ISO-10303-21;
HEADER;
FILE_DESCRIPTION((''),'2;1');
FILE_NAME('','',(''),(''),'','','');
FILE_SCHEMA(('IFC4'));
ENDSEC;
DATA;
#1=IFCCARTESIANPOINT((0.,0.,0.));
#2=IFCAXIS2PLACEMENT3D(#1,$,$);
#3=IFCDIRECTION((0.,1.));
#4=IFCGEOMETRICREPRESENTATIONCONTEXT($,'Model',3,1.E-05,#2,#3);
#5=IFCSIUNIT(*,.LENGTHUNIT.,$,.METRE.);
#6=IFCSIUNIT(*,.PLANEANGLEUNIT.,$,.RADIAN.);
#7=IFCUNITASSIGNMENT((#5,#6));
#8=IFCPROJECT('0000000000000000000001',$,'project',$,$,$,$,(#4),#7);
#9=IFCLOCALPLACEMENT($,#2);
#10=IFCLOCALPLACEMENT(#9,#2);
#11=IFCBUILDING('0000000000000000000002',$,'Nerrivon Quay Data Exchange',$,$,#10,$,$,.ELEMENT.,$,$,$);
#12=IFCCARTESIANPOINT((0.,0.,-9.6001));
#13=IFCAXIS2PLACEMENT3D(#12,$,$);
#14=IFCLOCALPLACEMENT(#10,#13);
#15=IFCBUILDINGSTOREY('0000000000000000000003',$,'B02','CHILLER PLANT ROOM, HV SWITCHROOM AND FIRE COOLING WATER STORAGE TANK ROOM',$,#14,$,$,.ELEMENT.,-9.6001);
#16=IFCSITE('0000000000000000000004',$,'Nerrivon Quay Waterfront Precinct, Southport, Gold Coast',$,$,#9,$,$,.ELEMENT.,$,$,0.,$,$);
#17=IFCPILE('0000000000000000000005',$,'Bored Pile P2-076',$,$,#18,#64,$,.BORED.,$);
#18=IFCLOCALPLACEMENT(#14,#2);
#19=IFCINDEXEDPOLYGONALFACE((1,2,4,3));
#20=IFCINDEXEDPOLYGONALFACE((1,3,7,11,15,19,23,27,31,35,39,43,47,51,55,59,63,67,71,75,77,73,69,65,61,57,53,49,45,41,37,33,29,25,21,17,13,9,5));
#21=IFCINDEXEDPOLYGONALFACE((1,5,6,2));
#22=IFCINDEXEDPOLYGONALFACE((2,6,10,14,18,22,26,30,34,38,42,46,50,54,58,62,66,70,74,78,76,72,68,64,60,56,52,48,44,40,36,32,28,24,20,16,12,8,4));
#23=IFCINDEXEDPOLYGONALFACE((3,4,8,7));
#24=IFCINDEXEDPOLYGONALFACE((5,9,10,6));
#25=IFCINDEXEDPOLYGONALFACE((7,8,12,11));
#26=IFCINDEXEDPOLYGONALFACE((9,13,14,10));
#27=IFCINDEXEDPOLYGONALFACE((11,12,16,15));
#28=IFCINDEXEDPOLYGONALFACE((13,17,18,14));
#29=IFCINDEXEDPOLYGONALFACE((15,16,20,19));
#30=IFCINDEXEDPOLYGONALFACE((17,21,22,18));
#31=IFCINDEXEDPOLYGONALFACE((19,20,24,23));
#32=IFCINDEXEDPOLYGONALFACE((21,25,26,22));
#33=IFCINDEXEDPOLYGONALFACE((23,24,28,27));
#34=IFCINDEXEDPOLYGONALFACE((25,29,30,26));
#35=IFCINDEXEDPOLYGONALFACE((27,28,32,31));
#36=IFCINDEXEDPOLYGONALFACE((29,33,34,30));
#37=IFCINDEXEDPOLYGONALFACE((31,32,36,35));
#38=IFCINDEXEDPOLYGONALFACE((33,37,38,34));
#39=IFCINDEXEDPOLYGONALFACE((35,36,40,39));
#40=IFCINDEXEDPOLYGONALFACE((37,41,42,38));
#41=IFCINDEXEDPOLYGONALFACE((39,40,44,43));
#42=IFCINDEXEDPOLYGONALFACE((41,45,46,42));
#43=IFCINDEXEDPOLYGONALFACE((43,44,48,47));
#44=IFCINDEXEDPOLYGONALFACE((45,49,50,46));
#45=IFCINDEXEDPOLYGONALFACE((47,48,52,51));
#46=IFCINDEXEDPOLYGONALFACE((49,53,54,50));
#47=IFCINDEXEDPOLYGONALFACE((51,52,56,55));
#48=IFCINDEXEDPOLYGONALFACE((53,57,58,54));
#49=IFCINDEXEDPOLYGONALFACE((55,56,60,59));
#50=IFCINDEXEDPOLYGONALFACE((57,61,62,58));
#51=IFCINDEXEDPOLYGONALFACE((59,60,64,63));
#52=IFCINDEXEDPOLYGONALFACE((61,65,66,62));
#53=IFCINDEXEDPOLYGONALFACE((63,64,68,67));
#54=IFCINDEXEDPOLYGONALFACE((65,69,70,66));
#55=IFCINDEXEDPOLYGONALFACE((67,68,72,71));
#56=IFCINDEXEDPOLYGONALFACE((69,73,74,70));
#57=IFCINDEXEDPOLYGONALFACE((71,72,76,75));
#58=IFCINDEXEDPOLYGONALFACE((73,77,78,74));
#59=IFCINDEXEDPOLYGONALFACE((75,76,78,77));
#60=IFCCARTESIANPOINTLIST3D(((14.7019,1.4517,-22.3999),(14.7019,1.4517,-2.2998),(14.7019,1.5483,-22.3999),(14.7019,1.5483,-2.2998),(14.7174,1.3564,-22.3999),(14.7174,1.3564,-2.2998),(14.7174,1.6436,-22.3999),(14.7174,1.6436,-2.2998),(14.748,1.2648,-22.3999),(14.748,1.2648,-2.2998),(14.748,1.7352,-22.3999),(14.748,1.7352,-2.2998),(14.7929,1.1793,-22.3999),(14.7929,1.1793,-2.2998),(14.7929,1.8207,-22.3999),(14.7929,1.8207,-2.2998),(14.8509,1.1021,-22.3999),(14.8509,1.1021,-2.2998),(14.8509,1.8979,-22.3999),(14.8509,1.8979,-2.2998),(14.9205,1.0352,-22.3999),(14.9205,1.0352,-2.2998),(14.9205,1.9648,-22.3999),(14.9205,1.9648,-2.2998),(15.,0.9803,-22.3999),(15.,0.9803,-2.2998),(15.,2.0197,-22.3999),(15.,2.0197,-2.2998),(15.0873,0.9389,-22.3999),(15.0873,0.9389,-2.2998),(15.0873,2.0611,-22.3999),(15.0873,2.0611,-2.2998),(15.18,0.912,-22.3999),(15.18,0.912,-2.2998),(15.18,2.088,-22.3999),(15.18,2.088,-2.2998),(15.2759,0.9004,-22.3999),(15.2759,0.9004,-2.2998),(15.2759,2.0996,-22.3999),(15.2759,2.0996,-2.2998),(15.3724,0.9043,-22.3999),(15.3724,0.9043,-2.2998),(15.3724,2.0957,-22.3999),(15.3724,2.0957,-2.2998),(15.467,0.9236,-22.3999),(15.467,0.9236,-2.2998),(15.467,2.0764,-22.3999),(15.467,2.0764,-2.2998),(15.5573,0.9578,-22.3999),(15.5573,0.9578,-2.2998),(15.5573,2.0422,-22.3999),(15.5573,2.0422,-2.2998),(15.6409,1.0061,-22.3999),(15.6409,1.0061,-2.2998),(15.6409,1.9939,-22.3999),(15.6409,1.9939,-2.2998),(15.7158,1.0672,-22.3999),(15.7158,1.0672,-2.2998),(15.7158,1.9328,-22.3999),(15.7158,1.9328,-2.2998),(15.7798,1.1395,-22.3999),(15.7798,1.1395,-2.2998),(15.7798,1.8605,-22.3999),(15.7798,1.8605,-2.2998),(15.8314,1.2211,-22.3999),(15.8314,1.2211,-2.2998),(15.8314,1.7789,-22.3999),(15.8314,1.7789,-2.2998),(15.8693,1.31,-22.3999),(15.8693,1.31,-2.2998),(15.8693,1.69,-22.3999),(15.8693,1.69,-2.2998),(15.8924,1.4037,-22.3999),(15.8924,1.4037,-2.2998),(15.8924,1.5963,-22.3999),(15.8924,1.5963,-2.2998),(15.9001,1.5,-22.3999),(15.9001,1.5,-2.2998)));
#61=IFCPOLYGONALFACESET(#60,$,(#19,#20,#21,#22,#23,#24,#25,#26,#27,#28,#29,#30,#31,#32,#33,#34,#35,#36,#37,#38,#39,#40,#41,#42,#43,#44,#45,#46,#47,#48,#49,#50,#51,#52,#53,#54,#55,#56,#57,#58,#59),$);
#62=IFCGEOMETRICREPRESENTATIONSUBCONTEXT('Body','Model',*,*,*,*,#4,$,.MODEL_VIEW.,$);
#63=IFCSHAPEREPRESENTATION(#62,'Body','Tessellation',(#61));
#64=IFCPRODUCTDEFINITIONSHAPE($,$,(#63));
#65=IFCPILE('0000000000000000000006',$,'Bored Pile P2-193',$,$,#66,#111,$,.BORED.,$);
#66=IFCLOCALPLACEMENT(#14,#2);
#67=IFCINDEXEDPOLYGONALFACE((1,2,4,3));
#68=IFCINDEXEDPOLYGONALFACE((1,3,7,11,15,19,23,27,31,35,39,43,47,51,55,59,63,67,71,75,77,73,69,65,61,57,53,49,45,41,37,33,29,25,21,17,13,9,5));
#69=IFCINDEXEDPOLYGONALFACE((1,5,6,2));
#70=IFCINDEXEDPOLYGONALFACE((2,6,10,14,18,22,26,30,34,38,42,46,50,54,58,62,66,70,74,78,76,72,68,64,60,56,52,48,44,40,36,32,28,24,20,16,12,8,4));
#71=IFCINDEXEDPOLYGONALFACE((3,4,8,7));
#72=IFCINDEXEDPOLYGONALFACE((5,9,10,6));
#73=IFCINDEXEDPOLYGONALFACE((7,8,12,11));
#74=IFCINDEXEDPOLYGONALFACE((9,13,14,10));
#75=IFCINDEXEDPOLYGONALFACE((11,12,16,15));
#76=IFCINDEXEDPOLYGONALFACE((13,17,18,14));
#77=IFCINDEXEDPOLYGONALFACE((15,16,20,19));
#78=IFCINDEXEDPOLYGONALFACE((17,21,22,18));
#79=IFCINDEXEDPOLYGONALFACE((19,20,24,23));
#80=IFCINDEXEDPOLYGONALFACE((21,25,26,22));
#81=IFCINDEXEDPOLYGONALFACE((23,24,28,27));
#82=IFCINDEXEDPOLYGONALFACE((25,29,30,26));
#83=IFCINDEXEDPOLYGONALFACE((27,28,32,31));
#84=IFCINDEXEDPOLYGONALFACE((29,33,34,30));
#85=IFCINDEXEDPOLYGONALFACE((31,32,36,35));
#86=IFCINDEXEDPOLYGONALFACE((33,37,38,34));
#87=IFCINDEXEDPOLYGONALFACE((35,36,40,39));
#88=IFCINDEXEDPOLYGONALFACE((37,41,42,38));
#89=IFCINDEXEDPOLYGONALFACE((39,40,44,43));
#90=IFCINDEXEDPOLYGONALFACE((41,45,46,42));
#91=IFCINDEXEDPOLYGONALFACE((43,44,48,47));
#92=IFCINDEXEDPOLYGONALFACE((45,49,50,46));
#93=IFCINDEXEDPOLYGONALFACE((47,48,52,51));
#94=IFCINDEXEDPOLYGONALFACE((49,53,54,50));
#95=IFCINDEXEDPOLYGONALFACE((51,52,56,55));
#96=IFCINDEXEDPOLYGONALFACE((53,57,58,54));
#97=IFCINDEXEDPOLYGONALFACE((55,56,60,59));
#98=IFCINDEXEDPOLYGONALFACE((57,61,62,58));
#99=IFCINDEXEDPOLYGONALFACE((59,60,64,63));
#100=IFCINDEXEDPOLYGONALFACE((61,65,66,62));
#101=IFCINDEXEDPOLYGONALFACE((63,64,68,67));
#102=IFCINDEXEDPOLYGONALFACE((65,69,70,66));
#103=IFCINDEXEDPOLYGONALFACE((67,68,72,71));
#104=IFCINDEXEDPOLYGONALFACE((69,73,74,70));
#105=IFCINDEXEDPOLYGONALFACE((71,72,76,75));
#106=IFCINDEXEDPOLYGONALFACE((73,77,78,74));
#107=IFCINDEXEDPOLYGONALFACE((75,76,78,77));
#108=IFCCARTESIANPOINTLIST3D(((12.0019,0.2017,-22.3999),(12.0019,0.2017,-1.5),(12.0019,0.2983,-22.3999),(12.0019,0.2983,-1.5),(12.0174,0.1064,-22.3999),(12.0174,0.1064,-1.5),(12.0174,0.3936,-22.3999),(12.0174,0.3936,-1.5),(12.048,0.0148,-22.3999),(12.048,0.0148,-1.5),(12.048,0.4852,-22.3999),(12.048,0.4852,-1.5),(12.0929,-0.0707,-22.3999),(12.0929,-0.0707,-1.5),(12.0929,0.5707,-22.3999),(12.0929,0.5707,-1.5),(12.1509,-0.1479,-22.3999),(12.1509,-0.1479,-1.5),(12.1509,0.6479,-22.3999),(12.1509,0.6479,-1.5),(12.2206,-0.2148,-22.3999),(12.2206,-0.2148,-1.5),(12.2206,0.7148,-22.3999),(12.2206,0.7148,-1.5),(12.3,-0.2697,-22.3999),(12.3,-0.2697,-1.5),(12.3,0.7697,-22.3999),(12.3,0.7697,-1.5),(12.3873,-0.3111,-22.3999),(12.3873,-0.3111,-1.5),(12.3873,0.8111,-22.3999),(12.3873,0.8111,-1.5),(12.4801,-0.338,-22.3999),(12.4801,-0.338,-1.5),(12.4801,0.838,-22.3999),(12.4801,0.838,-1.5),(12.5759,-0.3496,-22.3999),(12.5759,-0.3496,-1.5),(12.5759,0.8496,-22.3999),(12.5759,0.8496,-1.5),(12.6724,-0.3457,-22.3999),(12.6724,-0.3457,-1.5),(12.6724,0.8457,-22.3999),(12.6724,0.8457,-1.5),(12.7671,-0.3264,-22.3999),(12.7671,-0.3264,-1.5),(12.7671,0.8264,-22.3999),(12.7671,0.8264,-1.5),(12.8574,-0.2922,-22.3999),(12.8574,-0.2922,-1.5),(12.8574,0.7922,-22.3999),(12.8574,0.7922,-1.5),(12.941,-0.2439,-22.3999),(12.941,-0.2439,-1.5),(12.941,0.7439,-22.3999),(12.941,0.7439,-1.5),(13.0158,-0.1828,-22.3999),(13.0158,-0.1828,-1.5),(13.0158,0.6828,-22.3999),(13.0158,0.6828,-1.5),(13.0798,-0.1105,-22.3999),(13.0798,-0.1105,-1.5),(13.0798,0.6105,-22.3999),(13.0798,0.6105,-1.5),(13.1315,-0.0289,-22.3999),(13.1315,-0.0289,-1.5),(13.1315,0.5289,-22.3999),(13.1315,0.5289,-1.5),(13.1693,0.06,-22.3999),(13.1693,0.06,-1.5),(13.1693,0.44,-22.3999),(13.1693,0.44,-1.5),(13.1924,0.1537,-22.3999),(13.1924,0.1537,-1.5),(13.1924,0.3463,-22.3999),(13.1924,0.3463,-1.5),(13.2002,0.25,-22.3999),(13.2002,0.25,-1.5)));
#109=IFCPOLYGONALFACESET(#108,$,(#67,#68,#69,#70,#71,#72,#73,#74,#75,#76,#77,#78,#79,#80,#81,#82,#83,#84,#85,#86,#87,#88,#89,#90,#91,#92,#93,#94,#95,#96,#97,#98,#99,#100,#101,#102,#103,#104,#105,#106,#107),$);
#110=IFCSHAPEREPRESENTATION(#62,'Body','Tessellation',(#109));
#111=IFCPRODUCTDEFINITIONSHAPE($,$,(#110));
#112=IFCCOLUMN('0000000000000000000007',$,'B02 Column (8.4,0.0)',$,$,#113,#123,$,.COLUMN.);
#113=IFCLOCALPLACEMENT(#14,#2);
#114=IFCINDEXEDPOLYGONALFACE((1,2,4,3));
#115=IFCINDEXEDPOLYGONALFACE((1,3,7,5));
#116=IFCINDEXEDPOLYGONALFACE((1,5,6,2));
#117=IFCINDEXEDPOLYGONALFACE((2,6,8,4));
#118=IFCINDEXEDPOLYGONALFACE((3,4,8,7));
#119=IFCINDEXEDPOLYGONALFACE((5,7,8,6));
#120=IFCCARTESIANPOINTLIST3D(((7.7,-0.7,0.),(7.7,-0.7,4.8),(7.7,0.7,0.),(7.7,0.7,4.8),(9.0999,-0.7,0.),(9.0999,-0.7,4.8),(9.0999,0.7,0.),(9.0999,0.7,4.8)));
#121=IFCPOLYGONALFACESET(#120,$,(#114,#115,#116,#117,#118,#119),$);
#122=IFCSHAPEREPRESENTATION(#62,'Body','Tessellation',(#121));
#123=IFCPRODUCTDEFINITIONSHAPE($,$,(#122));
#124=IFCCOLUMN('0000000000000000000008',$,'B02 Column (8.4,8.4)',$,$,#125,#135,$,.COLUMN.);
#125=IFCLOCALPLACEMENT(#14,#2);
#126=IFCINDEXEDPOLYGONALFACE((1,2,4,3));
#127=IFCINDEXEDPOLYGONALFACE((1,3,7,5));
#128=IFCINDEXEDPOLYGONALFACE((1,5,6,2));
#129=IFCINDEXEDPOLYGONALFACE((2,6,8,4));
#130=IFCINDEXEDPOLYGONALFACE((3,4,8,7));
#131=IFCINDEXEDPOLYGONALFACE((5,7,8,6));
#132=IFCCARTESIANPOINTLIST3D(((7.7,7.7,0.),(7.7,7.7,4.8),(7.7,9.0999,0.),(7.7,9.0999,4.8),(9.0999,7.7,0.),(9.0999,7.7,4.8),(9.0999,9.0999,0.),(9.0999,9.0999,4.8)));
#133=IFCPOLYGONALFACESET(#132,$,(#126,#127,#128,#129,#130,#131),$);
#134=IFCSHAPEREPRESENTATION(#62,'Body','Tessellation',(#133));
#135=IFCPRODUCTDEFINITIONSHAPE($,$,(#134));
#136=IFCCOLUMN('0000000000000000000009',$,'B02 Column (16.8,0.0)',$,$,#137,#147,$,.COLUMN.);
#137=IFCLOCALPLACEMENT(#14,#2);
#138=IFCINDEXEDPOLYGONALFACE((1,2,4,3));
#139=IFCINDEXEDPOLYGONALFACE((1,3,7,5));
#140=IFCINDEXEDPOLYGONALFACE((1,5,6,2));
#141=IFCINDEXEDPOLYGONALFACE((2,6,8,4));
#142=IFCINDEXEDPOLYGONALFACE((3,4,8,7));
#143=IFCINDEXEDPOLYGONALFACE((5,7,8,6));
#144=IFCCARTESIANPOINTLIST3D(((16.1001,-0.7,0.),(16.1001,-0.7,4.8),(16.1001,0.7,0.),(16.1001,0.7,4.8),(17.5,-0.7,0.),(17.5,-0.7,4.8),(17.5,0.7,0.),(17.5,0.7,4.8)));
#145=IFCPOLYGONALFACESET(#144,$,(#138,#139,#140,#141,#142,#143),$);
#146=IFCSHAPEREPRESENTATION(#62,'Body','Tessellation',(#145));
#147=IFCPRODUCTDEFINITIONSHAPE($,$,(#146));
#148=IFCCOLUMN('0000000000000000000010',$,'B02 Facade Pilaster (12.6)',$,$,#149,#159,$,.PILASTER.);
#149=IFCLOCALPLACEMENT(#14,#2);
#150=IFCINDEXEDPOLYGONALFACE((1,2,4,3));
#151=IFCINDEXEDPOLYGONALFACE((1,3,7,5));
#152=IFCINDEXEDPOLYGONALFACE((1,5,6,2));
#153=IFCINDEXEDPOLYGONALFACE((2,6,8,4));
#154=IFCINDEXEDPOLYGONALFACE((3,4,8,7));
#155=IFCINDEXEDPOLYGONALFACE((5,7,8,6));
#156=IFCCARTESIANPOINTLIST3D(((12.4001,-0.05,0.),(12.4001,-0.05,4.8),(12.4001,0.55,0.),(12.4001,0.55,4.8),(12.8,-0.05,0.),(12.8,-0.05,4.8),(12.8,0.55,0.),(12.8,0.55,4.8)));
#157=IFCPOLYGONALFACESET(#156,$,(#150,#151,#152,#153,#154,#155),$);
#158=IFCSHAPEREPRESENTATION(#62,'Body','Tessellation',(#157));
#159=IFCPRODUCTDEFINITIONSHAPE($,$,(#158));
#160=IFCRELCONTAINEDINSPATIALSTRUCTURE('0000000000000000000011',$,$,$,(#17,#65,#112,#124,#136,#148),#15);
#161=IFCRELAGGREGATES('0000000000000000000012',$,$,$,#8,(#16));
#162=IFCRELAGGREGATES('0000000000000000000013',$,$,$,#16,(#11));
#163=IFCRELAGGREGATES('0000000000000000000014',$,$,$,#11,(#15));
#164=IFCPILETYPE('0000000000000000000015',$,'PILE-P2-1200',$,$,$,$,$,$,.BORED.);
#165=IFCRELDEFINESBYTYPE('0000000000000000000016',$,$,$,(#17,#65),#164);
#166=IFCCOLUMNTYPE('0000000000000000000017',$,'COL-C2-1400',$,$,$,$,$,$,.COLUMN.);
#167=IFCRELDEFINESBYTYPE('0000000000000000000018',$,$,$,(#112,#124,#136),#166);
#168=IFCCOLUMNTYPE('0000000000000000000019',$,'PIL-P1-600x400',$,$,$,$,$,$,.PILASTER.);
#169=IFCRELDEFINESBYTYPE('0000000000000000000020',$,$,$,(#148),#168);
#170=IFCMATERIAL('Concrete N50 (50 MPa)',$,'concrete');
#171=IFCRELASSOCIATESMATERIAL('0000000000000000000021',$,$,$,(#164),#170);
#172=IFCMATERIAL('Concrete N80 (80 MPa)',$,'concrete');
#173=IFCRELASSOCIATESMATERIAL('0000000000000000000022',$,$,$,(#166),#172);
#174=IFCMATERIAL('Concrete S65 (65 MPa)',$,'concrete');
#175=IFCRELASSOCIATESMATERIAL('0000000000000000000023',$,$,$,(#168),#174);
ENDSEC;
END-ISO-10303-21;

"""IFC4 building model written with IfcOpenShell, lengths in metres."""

from ifc_helpers import new_model, si_unit, direction, frame, origin, origin_2d, place, context, subcontext, project, spatial, rectangle, circle, extrude, material, material_profile, profile_set, type_object, element, save


model = new_model("IFC4")

# Units and contexts
model_context = context("Model", 3, precision=1e-05, world=origin(), true_north=direction((0.0, 1.0)))
body_context = subcontext(model_context, "Body", "Model", "MODEL_VIEW")
ifc_project = project(units=[si_unit("LENGTHUNIT", "METRE"), si_unit("PLANEANGLEUNIT", "RADIAN")], contexts=[model_context])

# Site, building, storey
site_placement = place(None, origin())
site = spatial("IfcSite", under=ifc_project, at=site_placement, Name="Nerrivon Quay Waterfront Precinct, Southport, Gold Coast", CompositionType="ELEMENT", RefElevation=0.0)
building_placement = place(site_placement, origin())
building = spatial("IfcBuilding", under=site, at=building_placement, Name="Nerrivon Quay Data Exchange", CompositionType="ELEMENT")
storey_placement = place(building_placement, frame((0.0, 0.0, -9.6001)))
storey = spatial("IfcBuildingStorey", under=building, at=storey_placement, Name="B02", Description="CHILLER PLANT ROOM, HV SWITCHROOM AND FIRE COOLING WATER STORAGE TANK ROOM", CompositionType="ELEMENT", Elevation=-9.6001)

# Piles
ifc_material_1 = material(Name="Concrete N50 (50 MPa)", Category="concrete")
ifc_material_profile_1 = material_profile(ifc_material_1, circle(Radius=0.6001, at=origin_2d()), Name="PILE-1200")
ifc_profile_set_1 = profile_set([ifc_material_profile_1], Name="Concrete N50 (50 MPa)")
pile_type = type_object("IfcPileType", Name="PILE-P2-1200", PredefinedType="BORED", material=ifc_profile_set_1)
for number, where, z_axis, x_axis, name in (
    (1, (15.3, 1.5, -2.2998), (0.0, 0.0, -1.0), (1.0, 0.0, 0.0), "Bored Pile P2-076"),
):
    element("IfcPile", number, at=place(storey_placement, frame(where, z_axis=z_axis, x_axis=x_axis)), inside=storey, type_object=pile_type, Name=name, PredefinedType="BORED", context=body_context, shape_type="SweptSolid", body=[
        extrude(circle(Radius=0.6001, at=origin_2d()), origin(), (0.0, 0.0, 1.0), 20.1001),
    ])
pile_placement = place(storey_placement, frame((12.6001, 0.25, -1.5), z_axis=(0.0, 0.0, -1.0), x_axis=(1.0, 0.0, 0.0)))
element("IfcPile", 2, at=pile_placement, inside=storey, type_object=pile_type, Name="Bored Pile P2-193", PredefinedType="BORED", context=body_context, shape_type="SweptSolid", body=[
    extrude(circle(Radius=0.6001, at=origin_2d()), origin(), (0.0, 0.0, 1.0), 20.8999),
])

# Columns
ifc_material_2 = material(Name="Concrete N80 (80 MPa)", Category="concrete")
ifc_material_profile_2 = material_profile(ifc_material_2, rectangle(XDim=1.3999, YDim=1.3999, at=origin_2d()), Name="RC-COL-1400x1400")
ifc_profile_set_2 = profile_set([ifc_material_profile_2], Name="Concrete N80 (80 MPa)")
column_type_1 = type_object("IfcColumnType", Name="COL-C2-1400", PredefinedType="COLUMN", material=ifc_profile_set_2)
for number, where, z_axis, x_axis, name in (
    (3, (8.3999, 0.0, 0.0), (0.0, 0.0, 1.0), (1.0, 0.0, 0.0), "B02 Column (8.4,0.0)"),
    (4, (8.3999, 8.3999, 0.0), (0.0, 0.0, 1.0), (1.0, 0.0, 0.0), "B02 Column (8.4,8.4)"),
    (5, (16.8, 0.0, 0.0), (0.0, 0.0, 1.0), (1.0, 0.0, 0.0), "B02 Column (16.8,0.0)"),
):
    element("IfcColumn", number, at=place(storey_placement, frame(where, z_axis=z_axis, x_axis=x_axis)), inside=storey, type_object=column_type_1, Name=name, PredefinedType="COLUMN", context=body_context, shape_type="SweptSolid", body=[
        extrude(rectangle(XDim=1.3999, YDim=1.3999, at=origin_2d()), origin(), (0.0, 0.0, 1.0), 4.8),
    ])
ifc_material_3 = material(Name="Concrete S65 (65 MPa)", Category="concrete")
ifc_material_profile_3 = material_profile(ifc_material_3, rectangle(XDim=0.3999, YDim=0.6001, at=origin_2d()), Name="RC-PIL-600x400")
ifc_profile_set_3 = profile_set([ifc_material_profile_3], Name="Concrete S65 (65 MPa)")
column_type_2 = type_object("IfcColumnType", Name="PIL-P1-600x400", PredefinedType="PILASTER", material=ifc_profile_set_3)
column_placement = place(storey_placement, frame((12.6001, 0.25, 0.0), z_axis=(0.0, 0.0, 1.0), x_axis=(1.0, 0.0, 0.0)))
element("IfcColumn", 6, at=column_placement, inside=storey, type_object=column_type_2, Name="B02 Facade Pilaster (12.6)", PredefinedType="PILASTER", context=body_context, shape_type="SweptSolid", body=[
    extrude(rectangle(XDim=0.3999, YDim=0.6001, at=origin_2d()), origin(), (0.0, 0.0, 1.0), 4.8),
])

save(model, "model.ifc")
